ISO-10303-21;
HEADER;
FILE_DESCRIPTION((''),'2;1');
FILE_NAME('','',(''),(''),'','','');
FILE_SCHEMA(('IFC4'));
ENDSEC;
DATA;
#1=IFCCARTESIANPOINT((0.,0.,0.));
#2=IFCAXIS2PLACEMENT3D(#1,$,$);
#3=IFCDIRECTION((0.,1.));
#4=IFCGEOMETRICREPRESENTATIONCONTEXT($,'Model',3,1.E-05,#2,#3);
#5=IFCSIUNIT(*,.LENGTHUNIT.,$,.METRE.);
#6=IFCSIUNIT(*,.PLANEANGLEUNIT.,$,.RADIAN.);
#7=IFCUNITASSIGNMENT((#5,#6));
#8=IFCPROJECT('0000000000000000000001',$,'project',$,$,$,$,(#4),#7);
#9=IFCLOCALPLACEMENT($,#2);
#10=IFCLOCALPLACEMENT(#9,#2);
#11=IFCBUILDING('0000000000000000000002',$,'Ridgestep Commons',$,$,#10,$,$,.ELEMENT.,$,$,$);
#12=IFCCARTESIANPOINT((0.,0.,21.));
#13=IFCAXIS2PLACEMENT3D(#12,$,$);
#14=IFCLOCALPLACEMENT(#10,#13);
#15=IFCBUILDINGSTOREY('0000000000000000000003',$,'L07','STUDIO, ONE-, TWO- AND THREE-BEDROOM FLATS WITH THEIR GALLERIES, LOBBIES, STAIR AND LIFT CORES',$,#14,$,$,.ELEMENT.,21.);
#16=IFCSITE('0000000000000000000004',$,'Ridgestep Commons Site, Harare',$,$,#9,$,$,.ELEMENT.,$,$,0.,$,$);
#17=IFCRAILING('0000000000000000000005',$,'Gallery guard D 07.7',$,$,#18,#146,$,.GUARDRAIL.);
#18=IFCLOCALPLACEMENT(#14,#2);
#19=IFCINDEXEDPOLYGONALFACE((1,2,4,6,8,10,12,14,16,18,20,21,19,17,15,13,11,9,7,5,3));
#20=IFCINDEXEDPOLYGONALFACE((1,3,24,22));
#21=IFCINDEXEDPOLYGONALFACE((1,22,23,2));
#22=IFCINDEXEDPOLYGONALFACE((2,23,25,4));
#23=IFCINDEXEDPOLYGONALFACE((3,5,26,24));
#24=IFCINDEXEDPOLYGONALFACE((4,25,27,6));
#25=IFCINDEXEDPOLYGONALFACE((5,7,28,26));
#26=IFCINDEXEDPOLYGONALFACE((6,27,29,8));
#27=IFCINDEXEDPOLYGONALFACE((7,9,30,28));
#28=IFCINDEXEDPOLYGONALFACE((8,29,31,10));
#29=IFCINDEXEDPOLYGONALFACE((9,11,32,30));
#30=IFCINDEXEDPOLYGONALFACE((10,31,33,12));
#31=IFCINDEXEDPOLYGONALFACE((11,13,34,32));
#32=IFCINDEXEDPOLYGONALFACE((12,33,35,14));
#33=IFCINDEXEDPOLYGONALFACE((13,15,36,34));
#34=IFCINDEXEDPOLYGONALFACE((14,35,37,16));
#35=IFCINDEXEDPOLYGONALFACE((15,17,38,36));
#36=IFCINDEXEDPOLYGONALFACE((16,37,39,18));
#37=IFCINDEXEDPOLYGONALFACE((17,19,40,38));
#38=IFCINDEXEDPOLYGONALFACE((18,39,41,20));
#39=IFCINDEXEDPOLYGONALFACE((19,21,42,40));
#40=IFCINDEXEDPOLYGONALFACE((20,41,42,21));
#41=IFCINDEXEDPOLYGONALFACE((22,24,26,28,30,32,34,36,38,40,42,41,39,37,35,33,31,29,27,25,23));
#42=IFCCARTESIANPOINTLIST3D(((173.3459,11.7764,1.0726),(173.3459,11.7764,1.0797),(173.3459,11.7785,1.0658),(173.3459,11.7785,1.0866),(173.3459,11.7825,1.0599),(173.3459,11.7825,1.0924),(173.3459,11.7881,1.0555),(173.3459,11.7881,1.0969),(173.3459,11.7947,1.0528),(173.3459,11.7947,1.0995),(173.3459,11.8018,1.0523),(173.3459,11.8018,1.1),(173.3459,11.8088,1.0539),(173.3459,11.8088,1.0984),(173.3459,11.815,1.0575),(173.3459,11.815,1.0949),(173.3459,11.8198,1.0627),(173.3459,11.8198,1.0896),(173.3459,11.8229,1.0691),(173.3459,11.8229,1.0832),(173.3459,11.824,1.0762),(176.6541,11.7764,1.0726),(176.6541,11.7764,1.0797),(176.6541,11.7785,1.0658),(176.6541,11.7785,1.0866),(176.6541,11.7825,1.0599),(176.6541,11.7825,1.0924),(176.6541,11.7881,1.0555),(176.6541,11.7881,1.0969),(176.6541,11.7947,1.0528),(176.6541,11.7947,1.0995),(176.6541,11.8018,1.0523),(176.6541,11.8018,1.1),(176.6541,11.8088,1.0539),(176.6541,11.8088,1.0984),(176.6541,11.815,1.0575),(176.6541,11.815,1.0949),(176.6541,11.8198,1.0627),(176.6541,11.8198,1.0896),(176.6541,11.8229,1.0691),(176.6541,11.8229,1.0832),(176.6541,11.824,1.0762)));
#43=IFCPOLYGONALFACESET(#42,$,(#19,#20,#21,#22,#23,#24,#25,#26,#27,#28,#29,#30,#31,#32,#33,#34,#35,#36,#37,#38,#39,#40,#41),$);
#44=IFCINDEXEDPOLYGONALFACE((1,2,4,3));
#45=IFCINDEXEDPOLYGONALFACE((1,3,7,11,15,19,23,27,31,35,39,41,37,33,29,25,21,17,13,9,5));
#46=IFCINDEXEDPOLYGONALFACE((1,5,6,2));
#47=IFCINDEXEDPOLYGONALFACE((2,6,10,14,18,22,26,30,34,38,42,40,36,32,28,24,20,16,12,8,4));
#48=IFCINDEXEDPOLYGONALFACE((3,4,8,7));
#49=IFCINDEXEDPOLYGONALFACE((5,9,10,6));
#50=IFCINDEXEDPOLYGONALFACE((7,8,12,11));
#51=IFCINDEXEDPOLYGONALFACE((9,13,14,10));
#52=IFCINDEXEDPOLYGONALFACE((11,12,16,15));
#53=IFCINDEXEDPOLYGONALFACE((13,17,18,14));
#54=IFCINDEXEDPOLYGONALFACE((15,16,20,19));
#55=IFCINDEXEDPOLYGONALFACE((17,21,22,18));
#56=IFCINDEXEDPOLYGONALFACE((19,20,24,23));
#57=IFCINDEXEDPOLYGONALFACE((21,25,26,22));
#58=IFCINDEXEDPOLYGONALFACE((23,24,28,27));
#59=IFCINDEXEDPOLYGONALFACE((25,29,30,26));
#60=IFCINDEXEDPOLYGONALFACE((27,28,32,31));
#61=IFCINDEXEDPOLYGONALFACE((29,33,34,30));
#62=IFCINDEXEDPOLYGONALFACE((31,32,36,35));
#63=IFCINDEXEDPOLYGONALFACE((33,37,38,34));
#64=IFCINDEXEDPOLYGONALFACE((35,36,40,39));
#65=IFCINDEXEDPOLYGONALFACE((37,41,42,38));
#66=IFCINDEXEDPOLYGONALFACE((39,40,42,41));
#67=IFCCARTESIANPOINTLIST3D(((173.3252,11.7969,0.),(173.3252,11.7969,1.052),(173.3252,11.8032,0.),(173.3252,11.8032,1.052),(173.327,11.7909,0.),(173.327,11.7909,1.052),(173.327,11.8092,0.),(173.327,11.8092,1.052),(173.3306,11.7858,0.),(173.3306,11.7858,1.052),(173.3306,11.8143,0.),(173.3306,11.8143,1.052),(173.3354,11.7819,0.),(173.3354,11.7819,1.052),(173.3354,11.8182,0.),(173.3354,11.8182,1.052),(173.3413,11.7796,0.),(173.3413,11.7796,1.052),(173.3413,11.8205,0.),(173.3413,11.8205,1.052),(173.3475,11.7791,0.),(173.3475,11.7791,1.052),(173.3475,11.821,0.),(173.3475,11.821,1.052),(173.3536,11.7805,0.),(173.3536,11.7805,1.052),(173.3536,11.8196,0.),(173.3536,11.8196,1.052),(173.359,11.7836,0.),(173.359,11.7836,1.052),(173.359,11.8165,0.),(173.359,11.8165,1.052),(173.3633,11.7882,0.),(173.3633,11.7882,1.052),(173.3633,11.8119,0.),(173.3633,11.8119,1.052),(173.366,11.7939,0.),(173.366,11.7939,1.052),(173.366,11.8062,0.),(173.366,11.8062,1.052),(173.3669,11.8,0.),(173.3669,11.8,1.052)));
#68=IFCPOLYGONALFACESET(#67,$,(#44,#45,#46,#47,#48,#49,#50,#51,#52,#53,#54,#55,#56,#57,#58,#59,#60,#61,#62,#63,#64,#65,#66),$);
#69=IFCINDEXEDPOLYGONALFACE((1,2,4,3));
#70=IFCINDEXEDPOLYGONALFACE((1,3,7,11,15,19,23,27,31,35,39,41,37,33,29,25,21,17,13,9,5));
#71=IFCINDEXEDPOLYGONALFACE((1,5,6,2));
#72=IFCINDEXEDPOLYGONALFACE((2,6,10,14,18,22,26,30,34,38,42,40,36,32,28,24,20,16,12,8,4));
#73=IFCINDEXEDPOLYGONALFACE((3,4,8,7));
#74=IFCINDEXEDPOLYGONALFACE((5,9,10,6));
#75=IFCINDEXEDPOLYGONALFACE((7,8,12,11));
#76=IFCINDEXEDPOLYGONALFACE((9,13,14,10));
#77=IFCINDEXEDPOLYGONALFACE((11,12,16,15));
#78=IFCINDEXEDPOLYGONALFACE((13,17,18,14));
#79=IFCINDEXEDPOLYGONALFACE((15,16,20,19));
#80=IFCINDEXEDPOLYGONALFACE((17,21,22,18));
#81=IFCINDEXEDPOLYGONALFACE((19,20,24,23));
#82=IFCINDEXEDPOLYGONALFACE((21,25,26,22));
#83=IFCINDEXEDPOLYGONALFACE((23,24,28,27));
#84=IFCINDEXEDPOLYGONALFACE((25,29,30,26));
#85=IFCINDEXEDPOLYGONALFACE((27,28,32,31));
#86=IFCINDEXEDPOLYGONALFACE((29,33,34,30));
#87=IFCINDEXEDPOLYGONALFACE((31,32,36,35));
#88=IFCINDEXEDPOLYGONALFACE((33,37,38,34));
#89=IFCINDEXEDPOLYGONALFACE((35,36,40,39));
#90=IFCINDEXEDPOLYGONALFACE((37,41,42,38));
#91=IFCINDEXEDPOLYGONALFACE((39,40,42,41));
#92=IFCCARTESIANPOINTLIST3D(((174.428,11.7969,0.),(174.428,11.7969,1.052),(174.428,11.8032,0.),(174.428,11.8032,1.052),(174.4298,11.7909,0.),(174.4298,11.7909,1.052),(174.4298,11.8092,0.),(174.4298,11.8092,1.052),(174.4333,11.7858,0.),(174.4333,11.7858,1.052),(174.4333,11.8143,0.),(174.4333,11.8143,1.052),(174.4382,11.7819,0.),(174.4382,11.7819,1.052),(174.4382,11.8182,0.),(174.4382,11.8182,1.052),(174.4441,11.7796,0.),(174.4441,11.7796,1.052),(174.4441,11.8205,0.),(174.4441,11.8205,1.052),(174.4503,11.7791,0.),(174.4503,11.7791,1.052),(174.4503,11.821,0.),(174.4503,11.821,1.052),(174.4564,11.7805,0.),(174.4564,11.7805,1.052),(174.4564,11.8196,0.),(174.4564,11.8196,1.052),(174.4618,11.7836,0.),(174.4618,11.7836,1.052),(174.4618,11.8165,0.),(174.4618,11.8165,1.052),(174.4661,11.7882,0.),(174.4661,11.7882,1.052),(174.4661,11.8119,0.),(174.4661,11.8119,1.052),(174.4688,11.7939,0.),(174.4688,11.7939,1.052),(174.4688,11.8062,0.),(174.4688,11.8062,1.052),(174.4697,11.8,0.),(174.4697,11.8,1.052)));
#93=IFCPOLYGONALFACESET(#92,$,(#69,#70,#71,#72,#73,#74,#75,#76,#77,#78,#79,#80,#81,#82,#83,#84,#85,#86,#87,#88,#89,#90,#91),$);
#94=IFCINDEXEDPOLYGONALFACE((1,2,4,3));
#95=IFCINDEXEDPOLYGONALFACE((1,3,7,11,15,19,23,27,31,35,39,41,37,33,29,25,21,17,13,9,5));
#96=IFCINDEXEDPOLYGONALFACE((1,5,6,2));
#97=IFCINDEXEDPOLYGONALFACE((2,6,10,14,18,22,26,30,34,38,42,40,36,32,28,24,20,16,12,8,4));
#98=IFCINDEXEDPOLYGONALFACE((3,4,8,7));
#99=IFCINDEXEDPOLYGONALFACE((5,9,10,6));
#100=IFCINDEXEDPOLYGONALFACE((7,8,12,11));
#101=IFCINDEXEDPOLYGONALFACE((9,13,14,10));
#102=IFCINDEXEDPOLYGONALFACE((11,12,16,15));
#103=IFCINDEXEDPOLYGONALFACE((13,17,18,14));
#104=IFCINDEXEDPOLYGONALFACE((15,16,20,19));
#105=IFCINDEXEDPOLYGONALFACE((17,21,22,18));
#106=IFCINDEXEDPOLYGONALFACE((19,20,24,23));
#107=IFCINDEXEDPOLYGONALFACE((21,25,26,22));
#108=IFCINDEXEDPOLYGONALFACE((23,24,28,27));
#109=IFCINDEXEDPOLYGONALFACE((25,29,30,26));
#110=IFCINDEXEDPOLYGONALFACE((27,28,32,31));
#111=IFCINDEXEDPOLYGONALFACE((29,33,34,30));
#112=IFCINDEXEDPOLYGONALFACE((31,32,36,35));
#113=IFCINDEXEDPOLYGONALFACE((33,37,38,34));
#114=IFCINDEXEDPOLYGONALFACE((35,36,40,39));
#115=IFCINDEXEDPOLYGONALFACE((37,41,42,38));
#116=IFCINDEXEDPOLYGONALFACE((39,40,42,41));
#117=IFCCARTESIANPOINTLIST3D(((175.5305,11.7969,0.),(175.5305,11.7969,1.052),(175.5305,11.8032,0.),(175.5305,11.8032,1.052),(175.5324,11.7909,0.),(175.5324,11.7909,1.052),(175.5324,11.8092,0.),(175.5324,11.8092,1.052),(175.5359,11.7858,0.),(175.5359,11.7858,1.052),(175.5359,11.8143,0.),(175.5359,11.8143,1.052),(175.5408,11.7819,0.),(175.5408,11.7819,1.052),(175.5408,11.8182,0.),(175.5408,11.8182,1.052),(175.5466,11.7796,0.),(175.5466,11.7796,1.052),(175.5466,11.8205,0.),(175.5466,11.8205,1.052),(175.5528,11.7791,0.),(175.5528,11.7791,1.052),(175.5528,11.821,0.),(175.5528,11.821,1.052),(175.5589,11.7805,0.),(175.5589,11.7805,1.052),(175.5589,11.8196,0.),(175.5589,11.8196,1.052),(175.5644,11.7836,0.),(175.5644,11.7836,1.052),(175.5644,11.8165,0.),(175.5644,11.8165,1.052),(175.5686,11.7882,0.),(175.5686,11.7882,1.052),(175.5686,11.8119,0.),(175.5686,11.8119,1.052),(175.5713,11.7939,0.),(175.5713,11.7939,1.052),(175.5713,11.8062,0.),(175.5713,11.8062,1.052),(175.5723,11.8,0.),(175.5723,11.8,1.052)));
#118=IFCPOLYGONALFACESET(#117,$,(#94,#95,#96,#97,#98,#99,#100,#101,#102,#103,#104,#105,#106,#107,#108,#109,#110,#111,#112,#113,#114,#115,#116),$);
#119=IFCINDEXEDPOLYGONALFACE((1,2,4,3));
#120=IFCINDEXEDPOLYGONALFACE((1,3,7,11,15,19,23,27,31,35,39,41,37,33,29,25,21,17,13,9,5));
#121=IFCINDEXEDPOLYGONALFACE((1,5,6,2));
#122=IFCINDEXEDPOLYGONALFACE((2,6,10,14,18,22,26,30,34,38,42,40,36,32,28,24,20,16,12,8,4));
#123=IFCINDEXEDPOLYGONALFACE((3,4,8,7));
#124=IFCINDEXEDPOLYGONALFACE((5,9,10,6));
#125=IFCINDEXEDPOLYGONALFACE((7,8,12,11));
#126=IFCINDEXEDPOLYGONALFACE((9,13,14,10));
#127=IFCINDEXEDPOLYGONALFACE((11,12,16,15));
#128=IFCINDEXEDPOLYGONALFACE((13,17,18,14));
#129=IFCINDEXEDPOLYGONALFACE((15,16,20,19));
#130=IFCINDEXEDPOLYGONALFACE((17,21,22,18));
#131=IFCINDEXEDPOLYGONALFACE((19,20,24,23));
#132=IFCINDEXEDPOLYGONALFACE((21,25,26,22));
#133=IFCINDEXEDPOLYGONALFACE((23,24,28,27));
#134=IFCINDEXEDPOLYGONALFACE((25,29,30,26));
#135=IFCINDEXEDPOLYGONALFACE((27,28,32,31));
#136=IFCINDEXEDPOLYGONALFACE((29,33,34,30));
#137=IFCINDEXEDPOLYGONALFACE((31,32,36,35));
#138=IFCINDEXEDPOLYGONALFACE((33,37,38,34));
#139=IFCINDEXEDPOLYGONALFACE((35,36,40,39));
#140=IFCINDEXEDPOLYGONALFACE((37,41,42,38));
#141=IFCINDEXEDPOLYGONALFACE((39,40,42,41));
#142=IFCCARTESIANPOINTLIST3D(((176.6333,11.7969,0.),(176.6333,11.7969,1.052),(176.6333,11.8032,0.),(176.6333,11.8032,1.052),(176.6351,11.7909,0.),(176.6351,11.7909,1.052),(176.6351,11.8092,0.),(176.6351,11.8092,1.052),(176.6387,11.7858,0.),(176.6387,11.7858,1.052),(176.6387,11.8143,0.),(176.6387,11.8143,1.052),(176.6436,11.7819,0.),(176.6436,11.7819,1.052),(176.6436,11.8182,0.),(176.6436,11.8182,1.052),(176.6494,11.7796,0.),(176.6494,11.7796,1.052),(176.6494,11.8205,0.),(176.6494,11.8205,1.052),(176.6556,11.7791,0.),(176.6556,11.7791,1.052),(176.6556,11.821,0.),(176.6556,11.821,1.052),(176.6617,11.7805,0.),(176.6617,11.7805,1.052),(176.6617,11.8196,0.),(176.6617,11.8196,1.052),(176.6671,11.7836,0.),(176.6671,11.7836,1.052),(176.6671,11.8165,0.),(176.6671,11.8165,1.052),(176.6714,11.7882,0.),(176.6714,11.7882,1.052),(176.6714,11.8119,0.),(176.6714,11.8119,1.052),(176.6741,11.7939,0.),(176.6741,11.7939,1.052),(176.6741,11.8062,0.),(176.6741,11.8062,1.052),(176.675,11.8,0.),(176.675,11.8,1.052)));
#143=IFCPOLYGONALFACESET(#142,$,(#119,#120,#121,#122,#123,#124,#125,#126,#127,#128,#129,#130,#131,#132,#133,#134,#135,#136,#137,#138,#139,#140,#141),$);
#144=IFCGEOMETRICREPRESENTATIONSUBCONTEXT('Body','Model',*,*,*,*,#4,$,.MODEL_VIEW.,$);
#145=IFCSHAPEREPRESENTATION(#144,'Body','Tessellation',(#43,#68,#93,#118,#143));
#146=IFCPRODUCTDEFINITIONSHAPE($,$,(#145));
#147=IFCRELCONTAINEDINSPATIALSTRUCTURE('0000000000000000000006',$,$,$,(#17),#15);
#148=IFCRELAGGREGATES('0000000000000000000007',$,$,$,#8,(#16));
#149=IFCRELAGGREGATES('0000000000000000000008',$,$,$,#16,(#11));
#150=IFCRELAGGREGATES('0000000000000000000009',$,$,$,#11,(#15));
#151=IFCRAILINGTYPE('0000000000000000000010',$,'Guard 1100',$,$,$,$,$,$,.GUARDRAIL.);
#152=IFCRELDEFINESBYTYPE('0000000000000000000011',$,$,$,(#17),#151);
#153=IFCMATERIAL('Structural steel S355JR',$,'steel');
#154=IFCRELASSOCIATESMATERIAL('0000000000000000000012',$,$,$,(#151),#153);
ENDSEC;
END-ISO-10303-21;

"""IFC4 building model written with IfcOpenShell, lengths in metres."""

from ifc_helpers import new_model, si_unit, direction, frame, origin, origin_2d, place, context, subcontext, project, spatial, circle, extrude, material, type_object, element, save


model = new_model("IFC4")

# Units and contexts
model_context = context("Model", 3, precision=1e-05, world=origin(), true_north=direction((0.0, 1.0)))
body_context = subcontext(model_context, "Body", "Model", "MODEL_VIEW")
ifc_project = project(units=[si_unit("LENGTHUNIT", "METRE"), si_unit("PLANEANGLEUNIT", "RADIAN")], contexts=[model_context])

# Site, building, storey
site_placement = place(None, origin())
site = spatial("IfcSite", under=ifc_project, at=site_placement, Name="Ridgestep Commons Site, Harare", CompositionType="ELEMENT", RefElevation=0.0)
building_placement = place(site_placement, origin())
building = spatial("IfcBuilding", under=site, at=building_placement, Name="Ridgestep Commons", CompositionType="ELEMENT")
storey_placement = place(building_placement, frame((0.0, 0.0, 21.0)))
storey = spatial("IfcBuildingStorey", under=building, at=storey_placement, Name="L07", Description="STUDIO, ONE-, TWO- AND THREE-BEDROOM FLATS WITH THEIR GALLERIES, LOBBIES, STAIR AND LIFT CORES", CompositionType="ELEMENT", Elevation=21.0)

# Railing
ifc_material_1 = material(Name="Structural steel S355JR", Category="steel")
railing_type = type_object("IfcRailingType", Name="Guard 1100", PredefinedType="GUARDRAIL", material=ifc_material_1)
railing_1_placement = place(storey_placement, frame((173.3459, 11.8, 0.0)))
element("IfcRailing", 1, at=railing_1_placement, inside=storey, type_object=railing_type, Name="Gallery guard D 07.7", PredefinedType="GUARDRAIL", context=body_context, shape_type="SweptSolid", body=[
    extrude(circle(Radius=0.0239, at=origin_2d()), frame((0.0, 0.0, 1.0762), z_axis=(1.0, 0.0, 0.0), x_axis=(0.0, 1.0, 0.0)), (0.0, 0.0, 1.0), 3.3081),
    extrude(circle(Radius=0.021, at=origin_2d()), origin(), (0.0, 0.0, 1.0), 1.052),
    extrude(circle(Radius=0.021, at=origin_2d()), frame((1.1028, 0.0, 0.0)), (0.0, 0.0, 1.0), 1.052),
    extrude(circle(Radius=0.021, at=origin_2d()), frame((2.2053, 0.0, 0.0)), (0.0, 0.0, 1.0), 1.052),
    extrude(circle(Radius=0.021, at=origin_2d()), frame((3.3081, 0.0, 0.0)), (0.0, 0.0, 1.0), 1.052),
])

save(model, "model.ifc")
